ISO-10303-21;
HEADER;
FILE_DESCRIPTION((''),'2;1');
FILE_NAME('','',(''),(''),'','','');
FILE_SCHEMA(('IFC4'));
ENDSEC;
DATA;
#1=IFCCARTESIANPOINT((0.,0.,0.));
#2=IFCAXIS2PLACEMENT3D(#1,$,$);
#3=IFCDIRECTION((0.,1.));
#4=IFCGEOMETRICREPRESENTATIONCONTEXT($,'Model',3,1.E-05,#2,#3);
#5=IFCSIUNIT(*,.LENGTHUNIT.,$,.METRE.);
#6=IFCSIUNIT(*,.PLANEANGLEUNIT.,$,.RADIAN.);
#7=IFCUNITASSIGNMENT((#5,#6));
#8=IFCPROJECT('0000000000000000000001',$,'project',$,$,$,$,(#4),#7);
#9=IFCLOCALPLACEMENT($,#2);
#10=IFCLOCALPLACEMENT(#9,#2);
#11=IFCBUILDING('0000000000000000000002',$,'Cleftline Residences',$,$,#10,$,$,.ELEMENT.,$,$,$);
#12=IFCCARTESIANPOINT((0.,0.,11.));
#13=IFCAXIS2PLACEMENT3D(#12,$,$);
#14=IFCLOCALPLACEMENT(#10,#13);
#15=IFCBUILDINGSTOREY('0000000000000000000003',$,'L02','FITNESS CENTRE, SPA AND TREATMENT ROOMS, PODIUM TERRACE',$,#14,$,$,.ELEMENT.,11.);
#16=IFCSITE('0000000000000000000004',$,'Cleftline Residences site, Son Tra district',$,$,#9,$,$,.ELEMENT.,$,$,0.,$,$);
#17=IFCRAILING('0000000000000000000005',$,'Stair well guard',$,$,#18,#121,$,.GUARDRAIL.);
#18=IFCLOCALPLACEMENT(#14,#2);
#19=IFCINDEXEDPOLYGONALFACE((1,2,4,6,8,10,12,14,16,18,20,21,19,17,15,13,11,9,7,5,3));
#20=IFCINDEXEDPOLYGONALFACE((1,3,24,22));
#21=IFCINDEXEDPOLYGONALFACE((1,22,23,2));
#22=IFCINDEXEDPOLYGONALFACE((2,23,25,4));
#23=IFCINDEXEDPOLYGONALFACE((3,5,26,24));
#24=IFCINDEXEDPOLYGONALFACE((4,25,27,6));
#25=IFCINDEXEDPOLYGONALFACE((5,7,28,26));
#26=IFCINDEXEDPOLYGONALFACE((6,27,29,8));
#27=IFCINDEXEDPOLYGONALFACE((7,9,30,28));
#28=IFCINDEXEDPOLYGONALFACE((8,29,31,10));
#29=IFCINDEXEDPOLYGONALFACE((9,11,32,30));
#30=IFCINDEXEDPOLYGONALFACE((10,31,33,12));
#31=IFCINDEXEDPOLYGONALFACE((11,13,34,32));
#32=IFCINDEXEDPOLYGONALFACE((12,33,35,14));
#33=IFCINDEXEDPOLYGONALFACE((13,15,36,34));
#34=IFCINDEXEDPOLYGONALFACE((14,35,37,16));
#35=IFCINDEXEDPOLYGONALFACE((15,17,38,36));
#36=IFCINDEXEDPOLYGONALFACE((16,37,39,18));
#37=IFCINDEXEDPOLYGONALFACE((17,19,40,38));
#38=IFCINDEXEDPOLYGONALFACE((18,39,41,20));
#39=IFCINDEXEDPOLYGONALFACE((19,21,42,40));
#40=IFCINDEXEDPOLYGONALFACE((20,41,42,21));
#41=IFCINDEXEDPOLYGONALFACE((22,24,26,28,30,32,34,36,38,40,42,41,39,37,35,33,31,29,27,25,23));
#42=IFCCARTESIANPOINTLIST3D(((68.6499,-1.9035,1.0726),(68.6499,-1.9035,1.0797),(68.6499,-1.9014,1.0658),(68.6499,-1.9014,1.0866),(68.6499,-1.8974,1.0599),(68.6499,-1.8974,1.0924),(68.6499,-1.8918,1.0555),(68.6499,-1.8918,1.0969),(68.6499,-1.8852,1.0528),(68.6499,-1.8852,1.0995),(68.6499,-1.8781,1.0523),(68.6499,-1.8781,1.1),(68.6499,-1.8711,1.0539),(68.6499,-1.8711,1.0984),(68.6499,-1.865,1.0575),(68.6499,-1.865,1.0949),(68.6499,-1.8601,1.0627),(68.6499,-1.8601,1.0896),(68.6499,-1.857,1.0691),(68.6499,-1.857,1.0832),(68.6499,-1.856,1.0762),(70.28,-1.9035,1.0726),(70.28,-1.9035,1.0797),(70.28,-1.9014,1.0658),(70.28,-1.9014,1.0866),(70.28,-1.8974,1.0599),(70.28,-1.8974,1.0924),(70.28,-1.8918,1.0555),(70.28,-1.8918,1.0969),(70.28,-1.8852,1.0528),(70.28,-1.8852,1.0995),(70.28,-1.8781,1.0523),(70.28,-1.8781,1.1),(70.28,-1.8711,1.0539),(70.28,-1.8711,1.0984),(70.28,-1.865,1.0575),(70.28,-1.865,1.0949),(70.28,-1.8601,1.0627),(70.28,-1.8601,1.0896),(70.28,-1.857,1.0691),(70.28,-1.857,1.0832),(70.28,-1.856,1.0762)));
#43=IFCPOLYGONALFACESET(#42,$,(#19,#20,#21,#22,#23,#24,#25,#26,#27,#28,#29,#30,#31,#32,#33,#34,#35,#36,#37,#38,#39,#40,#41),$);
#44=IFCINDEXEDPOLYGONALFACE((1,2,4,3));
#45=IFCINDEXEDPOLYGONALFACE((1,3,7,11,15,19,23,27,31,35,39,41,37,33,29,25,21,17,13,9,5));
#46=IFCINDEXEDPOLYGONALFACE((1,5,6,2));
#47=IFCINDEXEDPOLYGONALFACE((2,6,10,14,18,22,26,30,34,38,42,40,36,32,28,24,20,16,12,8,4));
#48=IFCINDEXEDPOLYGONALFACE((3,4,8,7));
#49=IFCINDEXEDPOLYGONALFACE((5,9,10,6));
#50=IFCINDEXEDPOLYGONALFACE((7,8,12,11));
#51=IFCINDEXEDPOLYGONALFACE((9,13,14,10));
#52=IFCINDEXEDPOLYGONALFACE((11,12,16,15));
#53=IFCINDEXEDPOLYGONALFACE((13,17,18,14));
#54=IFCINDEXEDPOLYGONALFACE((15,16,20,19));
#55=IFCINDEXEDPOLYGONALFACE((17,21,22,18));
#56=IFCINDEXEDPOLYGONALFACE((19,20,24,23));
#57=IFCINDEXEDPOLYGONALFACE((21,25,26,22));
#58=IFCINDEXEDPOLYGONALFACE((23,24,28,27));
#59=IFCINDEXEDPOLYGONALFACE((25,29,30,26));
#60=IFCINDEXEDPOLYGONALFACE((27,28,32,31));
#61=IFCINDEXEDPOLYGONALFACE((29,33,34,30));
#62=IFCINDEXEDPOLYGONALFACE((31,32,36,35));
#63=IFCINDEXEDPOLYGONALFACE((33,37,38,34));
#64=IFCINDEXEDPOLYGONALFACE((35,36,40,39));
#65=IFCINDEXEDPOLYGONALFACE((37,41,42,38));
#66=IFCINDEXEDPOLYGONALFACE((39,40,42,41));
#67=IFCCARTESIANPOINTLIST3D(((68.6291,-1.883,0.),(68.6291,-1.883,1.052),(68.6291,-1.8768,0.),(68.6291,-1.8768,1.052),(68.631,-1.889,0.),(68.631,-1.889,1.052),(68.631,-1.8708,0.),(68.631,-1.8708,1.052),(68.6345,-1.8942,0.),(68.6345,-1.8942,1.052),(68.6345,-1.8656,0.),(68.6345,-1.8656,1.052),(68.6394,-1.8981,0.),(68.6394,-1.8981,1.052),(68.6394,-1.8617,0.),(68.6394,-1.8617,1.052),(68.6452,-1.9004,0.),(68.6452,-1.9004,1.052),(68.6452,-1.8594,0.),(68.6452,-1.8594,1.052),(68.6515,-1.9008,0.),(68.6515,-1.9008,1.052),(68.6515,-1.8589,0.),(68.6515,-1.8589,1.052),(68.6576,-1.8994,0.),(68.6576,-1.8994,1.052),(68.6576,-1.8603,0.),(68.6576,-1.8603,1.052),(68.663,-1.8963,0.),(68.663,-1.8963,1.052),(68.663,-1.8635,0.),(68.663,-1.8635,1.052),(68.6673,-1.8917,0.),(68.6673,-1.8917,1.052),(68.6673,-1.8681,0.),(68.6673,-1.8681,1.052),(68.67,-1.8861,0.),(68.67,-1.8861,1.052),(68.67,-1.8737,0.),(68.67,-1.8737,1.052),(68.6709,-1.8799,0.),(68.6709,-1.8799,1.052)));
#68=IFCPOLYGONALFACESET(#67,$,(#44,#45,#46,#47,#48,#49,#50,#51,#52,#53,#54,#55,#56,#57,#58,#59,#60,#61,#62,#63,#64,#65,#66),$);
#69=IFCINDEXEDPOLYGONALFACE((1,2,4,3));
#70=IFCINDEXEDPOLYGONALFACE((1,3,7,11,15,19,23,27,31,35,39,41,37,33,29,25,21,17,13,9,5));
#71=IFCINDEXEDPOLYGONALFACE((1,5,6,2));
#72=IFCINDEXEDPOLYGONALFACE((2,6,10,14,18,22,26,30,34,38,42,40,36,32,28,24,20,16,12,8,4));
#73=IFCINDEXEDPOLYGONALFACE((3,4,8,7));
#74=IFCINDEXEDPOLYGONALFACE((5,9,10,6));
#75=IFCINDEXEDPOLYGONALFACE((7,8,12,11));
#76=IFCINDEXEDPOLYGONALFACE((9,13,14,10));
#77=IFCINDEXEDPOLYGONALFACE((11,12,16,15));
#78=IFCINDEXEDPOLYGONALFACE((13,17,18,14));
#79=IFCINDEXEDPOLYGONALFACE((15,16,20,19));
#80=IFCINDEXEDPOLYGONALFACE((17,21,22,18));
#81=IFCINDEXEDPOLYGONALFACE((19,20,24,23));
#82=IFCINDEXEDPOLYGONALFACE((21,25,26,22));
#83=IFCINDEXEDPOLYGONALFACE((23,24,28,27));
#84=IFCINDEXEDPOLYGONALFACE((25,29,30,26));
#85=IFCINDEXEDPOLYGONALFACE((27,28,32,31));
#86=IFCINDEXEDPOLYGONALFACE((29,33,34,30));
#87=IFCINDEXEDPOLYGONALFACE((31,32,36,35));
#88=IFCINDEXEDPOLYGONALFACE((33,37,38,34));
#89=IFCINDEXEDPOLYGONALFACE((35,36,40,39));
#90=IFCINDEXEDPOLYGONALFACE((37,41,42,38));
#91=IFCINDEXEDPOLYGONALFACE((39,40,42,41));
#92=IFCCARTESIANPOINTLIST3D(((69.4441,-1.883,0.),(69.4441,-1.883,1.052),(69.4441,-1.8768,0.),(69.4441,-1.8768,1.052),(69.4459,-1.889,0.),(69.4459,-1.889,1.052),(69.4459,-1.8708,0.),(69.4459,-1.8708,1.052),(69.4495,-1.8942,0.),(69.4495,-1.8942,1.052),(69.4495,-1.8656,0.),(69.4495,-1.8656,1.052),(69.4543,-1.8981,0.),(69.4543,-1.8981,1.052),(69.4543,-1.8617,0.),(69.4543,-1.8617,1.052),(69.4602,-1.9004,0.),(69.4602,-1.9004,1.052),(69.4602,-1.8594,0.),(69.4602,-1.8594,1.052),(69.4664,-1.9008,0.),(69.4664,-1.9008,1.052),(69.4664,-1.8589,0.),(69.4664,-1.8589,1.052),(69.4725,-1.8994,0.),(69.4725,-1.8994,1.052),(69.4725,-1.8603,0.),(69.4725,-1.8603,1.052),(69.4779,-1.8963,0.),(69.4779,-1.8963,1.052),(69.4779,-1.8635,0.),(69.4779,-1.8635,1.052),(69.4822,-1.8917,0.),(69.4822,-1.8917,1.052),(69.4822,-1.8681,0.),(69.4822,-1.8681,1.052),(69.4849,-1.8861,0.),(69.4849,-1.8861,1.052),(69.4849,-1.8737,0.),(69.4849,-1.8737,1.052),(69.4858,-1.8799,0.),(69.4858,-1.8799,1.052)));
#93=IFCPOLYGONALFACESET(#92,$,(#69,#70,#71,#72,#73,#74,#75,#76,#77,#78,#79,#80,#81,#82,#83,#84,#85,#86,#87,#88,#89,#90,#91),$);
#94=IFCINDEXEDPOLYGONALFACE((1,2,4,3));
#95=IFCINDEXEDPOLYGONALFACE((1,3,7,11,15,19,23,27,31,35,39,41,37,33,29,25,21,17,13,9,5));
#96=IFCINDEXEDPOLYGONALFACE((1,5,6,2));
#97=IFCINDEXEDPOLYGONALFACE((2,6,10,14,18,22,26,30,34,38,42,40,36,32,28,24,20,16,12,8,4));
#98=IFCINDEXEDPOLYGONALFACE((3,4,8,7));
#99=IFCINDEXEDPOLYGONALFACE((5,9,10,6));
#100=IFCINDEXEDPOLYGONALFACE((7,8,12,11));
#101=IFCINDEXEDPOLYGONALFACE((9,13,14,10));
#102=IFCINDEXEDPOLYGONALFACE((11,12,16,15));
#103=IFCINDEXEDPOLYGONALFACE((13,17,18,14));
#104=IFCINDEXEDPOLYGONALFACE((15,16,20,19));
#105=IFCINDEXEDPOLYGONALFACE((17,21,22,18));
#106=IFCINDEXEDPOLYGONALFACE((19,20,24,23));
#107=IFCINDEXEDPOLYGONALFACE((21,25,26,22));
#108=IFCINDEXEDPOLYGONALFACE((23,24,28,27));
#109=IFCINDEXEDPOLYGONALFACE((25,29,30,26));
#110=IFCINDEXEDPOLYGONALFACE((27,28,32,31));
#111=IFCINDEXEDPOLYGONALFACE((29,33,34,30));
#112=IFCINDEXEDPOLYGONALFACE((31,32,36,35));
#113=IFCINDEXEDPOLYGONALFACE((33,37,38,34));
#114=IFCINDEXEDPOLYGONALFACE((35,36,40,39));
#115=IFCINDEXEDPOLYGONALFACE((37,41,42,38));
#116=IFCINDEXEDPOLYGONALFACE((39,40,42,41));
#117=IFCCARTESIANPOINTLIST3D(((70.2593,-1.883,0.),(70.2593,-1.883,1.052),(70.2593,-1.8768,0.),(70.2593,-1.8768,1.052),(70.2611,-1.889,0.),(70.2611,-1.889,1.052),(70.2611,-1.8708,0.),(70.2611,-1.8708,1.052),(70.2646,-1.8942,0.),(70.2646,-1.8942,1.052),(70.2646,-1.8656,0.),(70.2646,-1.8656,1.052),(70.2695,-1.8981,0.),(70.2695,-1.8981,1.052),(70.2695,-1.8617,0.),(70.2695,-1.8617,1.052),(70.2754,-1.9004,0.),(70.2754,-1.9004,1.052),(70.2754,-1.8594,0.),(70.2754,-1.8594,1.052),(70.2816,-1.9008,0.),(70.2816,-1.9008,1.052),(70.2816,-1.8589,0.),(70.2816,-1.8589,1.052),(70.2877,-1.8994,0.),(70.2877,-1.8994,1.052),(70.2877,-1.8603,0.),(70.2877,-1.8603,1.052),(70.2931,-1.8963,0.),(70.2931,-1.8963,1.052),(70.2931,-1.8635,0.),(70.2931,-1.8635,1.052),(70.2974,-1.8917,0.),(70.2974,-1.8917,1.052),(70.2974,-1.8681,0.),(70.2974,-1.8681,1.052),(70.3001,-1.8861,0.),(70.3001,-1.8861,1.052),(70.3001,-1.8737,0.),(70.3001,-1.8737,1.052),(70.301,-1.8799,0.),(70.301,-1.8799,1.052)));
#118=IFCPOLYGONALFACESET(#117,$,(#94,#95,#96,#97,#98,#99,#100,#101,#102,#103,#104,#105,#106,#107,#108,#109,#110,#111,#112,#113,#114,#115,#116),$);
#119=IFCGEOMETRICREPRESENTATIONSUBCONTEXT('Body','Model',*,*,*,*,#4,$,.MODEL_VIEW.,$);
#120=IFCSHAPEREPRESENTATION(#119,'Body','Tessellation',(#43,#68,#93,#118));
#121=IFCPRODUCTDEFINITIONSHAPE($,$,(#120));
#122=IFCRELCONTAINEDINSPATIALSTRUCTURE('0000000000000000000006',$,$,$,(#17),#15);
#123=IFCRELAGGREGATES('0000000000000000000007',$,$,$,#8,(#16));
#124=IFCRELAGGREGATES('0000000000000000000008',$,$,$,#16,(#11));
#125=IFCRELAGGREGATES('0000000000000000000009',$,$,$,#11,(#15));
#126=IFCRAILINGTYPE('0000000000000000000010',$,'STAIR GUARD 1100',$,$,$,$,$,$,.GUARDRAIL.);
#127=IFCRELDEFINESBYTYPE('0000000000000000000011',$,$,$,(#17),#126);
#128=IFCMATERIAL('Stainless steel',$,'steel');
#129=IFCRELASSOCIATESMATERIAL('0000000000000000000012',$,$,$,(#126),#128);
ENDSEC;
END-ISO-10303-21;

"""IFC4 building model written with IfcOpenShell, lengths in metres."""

from ifc_helpers import new_model, si_unit, direction, frame, origin, origin_2d, place, context, subcontext, project, spatial, circle, extrude, material, type_object, element, save


model = new_model("IFC4")

# Units and contexts
model_context = context("Model", 3, precision=1e-05, world=origin(), true_north=direction((0.0, 1.0)))
body_context = subcontext(model_context, "Body", "Model", "MODEL_VIEW")
ifc_project = project(units=[si_unit("LENGTHUNIT", "METRE"), si_unit("PLANEANGLEUNIT", "RADIAN")], contexts=[model_context])

# Site, building, storey
site_placement = place(None, origin())
site = spatial("IfcSite", under=ifc_project, at=site_placement, Name="Cleftline Residences site, Son Tra district", CompositionType="ELEMENT", RefElevation=0.0)
building_placement = place(site_placement, origin())
building = spatial("IfcBuilding", under=site, at=building_placement, Name="Cleftline Residences", CompositionType="ELEMENT")
storey_placement = place(building_placement, frame((0.0, 0.0, 11.0)))
storey = spatial("IfcBuildingStorey", under=building, at=storey_placement, Name="L02", Description="FITNESS CENTRE, SPA AND TREATMENT ROOMS, PODIUM TERRACE", CompositionType="ELEMENT", Elevation=11.0)

# Railing
ifc_material_1 = material(Name="Stainless steel", Category="steel")
railing_type = type_object("IfcRailingType", Name="STAIR GUARD 1100", PredefinedType="GUARDRAIL", material=ifc_material_1)
railing_placement = place(storey_placement, frame((68.6499, -1.8799, 0.0)))
element("IfcRailing", 1, at=railing_placement, inside=storey, type_object=railing_type, Name="Stair well guard", PredefinedType="GUARDRAIL", context=body_context, shape_type="SweptSolid", body=[
    extrude(circle(Radius=0.0239, at=origin_2d()), frame((0.0, 0.0, 1.0762), z_axis=(1.0, 0.0, 0.0), x_axis=(0.0, 1.0, 0.0)), (0.0, 0.0, 1.0), 1.6301),
    extrude(circle(Radius=0.021, at=origin_2d()), origin(), (0.0, 0.0, 1.0), 1.052),
    extrude(circle(Radius=0.021, at=origin_2d()), frame((0.8149, 0.0, 0.0)), (0.0, 0.0, 1.0), 1.052),
    extrude(circle(Radius=0.021, at=origin_2d()), frame((1.6301, 0.0, 0.0)), (0.0, 0.0, 1.0), 1.052),
])

save(model, "model.ifc")
